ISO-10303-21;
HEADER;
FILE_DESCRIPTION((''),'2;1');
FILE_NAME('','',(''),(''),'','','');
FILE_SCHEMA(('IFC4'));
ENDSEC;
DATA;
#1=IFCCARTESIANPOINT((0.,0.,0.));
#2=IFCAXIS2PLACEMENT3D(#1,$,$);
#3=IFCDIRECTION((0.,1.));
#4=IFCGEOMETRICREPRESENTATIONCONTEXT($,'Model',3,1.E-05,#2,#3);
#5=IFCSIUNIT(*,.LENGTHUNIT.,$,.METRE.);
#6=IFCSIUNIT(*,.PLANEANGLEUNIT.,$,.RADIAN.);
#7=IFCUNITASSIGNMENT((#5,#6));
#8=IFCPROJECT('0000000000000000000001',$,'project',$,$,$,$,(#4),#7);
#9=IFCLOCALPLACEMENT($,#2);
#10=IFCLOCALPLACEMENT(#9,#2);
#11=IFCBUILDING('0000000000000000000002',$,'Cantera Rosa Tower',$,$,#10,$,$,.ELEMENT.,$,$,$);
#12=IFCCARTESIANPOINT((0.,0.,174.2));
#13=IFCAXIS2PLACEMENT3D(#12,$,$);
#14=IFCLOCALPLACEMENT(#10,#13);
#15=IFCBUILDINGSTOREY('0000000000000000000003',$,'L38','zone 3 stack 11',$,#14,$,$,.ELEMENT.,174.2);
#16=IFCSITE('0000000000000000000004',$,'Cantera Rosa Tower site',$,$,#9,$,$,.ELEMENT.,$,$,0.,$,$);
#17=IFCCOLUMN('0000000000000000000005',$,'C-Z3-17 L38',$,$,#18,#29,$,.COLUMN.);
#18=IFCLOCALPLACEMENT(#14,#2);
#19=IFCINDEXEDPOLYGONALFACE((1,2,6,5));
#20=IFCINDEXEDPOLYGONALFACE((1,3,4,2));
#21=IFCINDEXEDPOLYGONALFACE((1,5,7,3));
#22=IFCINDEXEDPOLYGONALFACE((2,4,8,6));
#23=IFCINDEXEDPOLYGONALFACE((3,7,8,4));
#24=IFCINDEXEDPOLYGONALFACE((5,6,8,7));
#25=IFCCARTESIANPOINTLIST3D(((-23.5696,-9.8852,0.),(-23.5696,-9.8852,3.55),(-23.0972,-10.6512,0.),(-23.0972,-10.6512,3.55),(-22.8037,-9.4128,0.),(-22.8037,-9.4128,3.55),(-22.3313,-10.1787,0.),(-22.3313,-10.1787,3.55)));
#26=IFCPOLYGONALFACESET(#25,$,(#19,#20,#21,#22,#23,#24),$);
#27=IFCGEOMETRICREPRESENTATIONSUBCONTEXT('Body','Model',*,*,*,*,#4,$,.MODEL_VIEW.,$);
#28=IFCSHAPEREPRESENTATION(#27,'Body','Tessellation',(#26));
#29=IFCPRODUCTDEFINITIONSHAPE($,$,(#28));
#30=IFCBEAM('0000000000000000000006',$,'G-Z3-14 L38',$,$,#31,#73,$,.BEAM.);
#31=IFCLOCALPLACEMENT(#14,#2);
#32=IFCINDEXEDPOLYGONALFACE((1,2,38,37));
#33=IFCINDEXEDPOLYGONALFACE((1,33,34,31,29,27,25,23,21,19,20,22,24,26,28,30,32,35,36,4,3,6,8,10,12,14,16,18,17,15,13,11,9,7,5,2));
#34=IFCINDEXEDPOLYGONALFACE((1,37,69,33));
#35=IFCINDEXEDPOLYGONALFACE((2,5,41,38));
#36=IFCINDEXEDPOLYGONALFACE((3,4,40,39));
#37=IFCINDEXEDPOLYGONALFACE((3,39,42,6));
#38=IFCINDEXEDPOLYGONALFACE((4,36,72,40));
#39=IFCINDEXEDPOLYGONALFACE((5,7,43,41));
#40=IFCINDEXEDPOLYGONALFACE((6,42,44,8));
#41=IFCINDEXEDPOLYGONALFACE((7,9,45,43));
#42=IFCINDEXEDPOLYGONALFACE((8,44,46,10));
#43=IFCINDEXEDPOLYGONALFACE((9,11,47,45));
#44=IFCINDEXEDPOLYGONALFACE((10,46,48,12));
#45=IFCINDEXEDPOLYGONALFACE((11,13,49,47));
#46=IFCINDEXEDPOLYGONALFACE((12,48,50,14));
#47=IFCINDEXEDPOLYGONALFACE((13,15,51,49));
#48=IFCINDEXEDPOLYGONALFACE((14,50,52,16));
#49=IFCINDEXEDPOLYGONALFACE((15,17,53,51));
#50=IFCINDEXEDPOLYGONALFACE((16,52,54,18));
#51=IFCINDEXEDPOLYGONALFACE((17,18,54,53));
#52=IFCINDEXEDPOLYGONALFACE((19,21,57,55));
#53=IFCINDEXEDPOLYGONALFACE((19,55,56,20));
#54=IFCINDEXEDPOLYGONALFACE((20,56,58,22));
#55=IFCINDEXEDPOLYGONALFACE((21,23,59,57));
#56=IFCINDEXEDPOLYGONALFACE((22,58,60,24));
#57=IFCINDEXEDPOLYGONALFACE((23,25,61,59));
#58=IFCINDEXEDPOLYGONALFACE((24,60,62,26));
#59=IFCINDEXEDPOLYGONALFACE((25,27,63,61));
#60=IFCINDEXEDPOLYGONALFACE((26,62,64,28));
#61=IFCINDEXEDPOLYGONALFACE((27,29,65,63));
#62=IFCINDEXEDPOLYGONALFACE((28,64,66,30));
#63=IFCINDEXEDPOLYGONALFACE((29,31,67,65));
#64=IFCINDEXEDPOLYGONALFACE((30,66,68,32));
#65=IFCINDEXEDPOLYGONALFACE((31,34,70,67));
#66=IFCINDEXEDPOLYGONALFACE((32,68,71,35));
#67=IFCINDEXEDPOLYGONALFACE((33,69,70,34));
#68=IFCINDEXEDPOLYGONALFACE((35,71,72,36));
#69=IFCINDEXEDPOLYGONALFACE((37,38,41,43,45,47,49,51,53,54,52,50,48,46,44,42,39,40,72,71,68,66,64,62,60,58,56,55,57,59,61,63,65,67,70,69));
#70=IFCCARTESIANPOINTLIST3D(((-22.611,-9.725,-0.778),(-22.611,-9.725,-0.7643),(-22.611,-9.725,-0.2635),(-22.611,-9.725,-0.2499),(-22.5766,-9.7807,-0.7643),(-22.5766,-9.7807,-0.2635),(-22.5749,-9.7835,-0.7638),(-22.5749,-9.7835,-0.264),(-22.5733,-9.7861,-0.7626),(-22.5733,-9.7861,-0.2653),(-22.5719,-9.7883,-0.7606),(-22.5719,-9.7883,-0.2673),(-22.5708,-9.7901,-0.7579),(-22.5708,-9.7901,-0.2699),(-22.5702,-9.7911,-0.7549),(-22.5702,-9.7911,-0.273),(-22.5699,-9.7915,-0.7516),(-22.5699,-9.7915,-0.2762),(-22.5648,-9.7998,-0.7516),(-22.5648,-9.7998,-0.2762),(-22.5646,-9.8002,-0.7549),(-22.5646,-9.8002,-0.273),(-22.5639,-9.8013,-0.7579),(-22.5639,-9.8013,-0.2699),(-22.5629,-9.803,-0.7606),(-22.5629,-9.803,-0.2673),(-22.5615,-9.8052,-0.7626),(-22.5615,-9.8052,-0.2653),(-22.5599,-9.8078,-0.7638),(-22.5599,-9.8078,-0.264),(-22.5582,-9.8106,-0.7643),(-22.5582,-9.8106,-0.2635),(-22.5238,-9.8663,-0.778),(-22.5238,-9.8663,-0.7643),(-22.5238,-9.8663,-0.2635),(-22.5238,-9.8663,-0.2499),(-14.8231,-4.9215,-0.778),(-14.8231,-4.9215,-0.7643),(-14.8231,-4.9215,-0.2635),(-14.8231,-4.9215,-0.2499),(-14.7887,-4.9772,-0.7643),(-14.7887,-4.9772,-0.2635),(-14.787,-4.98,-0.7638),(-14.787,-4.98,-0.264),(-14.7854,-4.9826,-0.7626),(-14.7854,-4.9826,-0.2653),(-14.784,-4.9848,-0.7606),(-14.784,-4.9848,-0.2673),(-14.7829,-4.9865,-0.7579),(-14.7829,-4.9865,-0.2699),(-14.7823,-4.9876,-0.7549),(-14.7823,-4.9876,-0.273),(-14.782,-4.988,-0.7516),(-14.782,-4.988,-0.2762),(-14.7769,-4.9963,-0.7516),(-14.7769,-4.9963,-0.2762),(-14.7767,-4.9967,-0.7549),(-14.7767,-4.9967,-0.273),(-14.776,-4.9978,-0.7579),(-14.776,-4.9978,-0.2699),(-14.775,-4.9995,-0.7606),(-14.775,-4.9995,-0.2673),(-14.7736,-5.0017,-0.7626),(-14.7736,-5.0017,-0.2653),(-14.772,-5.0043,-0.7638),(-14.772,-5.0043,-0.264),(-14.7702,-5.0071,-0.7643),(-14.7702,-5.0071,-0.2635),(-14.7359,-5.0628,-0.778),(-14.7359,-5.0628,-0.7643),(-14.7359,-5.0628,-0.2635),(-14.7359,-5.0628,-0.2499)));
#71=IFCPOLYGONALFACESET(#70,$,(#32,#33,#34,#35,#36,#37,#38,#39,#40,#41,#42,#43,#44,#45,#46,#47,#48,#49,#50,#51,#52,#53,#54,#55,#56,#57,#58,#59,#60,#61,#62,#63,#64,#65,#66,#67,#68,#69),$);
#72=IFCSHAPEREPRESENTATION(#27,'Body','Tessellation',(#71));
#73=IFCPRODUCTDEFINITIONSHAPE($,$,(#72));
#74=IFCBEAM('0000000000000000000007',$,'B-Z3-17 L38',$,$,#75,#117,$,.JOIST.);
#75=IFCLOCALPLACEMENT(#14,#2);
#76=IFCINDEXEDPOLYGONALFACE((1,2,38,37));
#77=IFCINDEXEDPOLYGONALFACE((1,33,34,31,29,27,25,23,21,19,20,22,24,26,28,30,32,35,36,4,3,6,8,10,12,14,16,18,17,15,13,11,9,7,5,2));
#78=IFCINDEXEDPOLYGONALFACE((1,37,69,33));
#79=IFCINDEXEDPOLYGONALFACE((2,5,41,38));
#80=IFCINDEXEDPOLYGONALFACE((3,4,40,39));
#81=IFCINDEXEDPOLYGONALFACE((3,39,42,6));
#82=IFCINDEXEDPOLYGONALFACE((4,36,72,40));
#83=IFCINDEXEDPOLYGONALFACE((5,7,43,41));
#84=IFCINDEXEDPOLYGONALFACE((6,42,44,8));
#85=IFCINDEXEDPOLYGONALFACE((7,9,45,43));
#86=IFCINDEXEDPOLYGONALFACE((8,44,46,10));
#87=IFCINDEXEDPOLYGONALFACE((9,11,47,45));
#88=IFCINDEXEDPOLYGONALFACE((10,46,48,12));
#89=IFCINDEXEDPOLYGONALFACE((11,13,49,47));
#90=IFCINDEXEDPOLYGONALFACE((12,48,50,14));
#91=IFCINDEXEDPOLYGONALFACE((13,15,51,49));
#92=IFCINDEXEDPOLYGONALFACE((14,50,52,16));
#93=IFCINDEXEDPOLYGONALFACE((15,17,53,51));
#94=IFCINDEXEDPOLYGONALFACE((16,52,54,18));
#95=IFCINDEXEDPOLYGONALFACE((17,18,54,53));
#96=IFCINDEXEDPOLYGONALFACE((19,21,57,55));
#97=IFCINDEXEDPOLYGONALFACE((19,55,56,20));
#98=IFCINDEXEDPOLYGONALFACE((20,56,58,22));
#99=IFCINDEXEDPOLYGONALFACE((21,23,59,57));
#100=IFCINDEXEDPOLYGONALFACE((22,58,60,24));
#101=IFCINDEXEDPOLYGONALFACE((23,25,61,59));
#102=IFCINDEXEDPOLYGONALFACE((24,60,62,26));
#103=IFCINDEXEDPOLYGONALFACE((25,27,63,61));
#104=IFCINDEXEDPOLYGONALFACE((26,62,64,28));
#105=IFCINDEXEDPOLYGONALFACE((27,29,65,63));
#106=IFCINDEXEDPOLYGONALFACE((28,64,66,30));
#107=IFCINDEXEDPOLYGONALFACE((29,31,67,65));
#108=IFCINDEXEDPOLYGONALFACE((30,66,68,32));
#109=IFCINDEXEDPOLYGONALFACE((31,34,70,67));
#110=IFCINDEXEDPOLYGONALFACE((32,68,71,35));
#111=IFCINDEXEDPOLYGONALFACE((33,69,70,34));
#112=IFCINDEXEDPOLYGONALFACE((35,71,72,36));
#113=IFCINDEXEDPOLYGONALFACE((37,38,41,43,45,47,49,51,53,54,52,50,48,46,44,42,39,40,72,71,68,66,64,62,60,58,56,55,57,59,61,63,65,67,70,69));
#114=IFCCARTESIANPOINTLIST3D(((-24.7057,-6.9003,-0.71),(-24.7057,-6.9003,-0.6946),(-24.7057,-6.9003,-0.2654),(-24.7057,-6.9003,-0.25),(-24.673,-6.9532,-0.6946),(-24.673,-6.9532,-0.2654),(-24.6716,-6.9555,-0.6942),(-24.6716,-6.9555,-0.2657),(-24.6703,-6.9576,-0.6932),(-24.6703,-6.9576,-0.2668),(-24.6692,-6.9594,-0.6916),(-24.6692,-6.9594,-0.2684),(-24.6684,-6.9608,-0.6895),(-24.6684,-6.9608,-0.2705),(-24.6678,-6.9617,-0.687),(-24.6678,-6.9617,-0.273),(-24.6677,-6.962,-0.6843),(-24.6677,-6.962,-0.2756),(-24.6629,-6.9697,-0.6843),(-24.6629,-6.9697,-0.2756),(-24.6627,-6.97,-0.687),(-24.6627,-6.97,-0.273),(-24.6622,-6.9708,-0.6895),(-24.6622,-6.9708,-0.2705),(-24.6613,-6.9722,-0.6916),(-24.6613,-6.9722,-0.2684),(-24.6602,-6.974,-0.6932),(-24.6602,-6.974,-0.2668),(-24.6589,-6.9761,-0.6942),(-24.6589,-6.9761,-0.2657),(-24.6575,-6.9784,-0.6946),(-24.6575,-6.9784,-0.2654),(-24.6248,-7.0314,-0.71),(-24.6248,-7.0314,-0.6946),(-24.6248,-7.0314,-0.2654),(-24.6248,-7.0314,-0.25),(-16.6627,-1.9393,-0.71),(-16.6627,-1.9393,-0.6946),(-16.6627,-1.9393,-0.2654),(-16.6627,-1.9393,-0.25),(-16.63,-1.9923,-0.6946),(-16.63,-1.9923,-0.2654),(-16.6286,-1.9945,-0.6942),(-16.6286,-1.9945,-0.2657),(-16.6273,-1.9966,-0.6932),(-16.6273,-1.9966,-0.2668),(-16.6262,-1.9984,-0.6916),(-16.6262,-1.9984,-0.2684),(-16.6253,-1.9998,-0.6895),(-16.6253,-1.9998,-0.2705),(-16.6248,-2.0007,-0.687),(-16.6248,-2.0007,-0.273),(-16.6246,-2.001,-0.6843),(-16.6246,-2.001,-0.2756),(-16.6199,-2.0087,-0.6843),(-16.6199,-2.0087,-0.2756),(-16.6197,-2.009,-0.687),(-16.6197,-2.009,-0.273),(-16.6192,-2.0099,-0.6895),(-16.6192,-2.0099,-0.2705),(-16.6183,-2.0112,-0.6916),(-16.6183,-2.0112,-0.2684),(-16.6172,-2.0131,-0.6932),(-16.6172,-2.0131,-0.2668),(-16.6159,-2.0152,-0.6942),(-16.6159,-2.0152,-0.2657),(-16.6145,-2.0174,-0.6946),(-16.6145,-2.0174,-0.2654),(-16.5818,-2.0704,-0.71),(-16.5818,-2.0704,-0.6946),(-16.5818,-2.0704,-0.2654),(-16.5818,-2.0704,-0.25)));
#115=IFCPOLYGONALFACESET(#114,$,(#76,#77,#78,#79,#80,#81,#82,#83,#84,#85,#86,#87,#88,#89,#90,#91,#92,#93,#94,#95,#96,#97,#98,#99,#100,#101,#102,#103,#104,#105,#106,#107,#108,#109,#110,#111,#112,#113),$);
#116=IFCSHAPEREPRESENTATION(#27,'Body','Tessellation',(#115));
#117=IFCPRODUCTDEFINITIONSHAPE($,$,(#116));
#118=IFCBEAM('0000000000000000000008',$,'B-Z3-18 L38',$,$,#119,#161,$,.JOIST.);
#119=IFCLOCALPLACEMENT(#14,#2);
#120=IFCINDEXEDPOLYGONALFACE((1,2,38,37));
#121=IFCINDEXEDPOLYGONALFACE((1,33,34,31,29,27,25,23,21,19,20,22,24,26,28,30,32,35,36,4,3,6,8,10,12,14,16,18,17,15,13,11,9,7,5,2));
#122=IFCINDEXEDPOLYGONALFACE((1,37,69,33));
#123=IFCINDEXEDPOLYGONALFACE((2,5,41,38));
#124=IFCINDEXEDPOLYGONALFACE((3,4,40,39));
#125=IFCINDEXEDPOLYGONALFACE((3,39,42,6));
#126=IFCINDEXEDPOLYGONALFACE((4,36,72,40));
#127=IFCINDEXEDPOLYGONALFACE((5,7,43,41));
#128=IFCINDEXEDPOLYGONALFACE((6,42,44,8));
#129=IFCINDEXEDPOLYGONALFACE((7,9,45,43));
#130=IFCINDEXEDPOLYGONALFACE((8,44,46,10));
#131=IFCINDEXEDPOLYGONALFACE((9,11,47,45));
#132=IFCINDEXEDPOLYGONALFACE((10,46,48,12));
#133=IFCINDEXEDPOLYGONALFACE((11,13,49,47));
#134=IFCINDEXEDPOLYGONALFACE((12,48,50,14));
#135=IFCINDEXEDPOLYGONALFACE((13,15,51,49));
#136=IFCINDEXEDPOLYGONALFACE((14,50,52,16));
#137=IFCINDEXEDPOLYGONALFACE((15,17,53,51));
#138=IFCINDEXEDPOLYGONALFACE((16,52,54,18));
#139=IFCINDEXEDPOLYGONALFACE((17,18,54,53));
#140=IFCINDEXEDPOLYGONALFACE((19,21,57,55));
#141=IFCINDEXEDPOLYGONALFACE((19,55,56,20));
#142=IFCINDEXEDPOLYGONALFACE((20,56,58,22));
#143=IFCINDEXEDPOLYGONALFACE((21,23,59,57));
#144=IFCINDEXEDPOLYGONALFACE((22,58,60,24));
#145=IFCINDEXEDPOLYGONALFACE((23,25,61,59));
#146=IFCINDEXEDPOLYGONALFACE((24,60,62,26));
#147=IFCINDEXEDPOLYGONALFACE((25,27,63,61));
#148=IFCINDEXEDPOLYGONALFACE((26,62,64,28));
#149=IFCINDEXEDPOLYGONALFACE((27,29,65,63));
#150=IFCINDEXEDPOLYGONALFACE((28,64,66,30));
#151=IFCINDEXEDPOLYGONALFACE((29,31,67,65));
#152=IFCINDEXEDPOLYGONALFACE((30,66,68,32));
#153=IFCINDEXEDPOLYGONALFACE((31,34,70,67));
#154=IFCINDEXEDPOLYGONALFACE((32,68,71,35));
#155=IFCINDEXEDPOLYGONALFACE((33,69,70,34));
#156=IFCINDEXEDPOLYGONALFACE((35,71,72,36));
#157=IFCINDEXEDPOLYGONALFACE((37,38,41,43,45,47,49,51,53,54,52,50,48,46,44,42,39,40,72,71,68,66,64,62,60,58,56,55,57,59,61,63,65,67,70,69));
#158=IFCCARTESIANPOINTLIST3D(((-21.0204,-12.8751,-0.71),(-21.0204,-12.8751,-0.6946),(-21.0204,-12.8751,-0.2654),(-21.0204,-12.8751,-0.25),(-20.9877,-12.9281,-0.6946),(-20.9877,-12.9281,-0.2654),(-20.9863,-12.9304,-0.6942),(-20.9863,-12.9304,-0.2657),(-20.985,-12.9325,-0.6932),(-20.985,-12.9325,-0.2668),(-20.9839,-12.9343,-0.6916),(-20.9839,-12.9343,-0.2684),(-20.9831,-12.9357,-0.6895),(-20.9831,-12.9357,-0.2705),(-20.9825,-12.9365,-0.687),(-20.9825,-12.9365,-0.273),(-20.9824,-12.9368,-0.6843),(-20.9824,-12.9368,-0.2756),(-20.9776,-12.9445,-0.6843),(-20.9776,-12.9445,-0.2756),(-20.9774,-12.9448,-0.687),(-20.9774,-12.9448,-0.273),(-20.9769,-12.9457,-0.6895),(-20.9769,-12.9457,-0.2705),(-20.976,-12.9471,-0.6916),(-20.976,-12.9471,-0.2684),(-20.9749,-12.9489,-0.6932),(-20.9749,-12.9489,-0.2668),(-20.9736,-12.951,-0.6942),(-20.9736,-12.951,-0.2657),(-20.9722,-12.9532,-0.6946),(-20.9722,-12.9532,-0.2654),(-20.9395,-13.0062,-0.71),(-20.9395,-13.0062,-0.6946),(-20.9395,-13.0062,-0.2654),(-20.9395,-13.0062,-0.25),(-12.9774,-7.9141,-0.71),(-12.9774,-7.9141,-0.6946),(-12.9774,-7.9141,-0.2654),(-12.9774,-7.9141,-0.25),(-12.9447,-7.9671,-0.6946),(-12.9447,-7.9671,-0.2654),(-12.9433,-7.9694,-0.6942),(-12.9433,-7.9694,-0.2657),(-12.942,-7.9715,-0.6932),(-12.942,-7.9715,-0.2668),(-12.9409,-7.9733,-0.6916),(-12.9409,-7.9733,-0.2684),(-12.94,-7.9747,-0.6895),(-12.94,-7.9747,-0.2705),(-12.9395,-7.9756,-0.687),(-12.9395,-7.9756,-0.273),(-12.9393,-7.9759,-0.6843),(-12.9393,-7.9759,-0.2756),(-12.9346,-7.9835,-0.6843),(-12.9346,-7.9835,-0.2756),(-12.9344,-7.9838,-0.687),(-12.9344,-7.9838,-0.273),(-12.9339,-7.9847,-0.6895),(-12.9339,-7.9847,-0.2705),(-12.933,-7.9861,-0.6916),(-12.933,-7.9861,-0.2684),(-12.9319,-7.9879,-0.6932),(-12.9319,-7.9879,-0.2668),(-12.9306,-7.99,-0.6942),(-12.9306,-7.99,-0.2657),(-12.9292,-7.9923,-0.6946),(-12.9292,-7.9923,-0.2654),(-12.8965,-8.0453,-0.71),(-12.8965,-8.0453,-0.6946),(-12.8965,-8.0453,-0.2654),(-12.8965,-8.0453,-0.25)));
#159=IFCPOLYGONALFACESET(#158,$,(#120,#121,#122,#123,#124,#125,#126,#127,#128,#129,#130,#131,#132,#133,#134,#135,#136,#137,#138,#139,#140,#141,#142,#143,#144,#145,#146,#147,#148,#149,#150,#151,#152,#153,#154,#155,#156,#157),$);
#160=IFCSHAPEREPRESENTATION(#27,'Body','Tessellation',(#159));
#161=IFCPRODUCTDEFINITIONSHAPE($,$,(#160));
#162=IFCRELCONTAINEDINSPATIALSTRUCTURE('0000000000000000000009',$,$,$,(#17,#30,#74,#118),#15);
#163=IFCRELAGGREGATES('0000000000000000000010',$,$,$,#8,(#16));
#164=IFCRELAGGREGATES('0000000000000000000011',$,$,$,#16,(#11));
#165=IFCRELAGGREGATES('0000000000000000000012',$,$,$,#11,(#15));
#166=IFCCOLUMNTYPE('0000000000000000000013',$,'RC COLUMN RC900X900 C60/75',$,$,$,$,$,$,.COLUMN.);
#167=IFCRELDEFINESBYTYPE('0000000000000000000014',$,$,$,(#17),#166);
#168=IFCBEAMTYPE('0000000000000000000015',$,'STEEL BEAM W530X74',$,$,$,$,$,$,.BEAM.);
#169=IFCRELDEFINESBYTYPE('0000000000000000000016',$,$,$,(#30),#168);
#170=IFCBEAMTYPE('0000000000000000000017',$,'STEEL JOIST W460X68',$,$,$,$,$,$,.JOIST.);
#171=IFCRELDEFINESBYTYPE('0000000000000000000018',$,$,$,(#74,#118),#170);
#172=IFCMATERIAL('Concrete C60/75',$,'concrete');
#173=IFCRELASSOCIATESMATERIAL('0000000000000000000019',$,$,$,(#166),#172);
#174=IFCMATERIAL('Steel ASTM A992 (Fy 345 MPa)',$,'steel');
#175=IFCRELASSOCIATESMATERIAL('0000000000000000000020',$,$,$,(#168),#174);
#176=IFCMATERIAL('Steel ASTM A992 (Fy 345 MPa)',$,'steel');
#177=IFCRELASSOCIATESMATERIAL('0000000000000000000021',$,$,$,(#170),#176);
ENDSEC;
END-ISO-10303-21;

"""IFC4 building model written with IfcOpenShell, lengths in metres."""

from ifc_helpers import new_model, si_unit, direction, frame, origin, origin_2d, place, context, subcontext, project, spatial, rectangle, i_section, extrude, material, material_profile, profile_set, type_object, element, save


model = new_model("IFC4")

# Units and contexts
model_context = context("Model", 3, precision=1e-05, world=origin(), true_north=direction((0.0, 1.0)))
body_context = subcontext(model_context, "Body", "Model", "MODEL_VIEW")
ifc_project = project(units=[si_unit("LENGTHUNIT", "METRE"), si_unit("PLANEANGLEUNIT", "RADIAN")], contexts=[model_context])

# Site, building, storey
site_placement = place(None, origin())
site = spatial("IfcSite", under=ifc_project, at=site_placement, Name="Cantera Rosa Tower site", CompositionType="ELEMENT", RefElevation=0.0)
building_placement = place(site_placement, origin())
building = spatial("IfcBuilding", under=site, at=building_placement, Name="Cantera Rosa Tower", CompositionType="ELEMENT")
storey_placement = place(building_placement, frame((0.0, 0.0, 174.2)))
storey = spatial("IfcBuildingStorey", under=building, at=storey_placement, Name="L38", Description="zone 3 stack 11", CompositionType="ELEMENT", Elevation=174.2)

# Column
ifc_material_1 = material(Name="Concrete C60/75", Category="concrete")
ifc_material_profile_1 = material_profile(ifc_material_1, rectangle(XDim=0.8999, YDim=0.8999, at=origin_2d()), Name="RC COLUMN RC900X900 C60/75")
ifc_profile_set_1 = profile_set([ifc_material_profile_1], Name="Concrete C60/75")
column_type = type_object("IfcColumnType", Name="RC COLUMN RC900X900 C60/75", PredefinedType="COLUMN", material=ifc_profile_set_1)
column_placement = place(storey_placement, frame((-22.9504, -10.032, 0.0), z_axis=(0.0, 0.0, 1.0), x_axis=(0.851117, 0.524977, 0.0)))
element("IfcColumn", 1, at=column_placement, inside=storey, type_object=column_type, Name="C-Z3-17 L38", PredefinedType="COLUMN", context=body_context, shape_type="SweptSolid", body=[
    extrude(rectangle(XDim=0.8999, YDim=0.8999, at=origin_2d()), origin(), (0.0, 0.0, 1.0), 3.55),
])

# Beams
ifc_material_2 = material(Name="Steel ASTM A992 (Fy 345 MPa)", Category="steel")
ifc_material_profile_2 = material_profile(ifc_material_2, i_section(OverallWidth=0.166, OverallDepth=0.5281, WebThickness=0.0098, FlangeThickness=0.0137, FilletRadius=0.0127, at=origin_2d()), Name="W530X74")
ifc_profile_set_2 = profile_set([ifc_material_profile_2], Name="Steel ASTM A992 (Fy 345 MPa)")
beam_type_1 = type_object("IfcBeamType", Name="STEEL BEAM W530X74", PredefinedType="BEAM", material=ifc_profile_set_2)
beam_placement = place(storey_placement, frame((-22.5674, -9.7957, -0.5139), z_axis=(0.851124, 0.524965, 0.0), x_axis=(-0.524965, 0.851124, 0.0)))
element("IfcBeam", 2, at=beam_placement, inside=storey, type_object=beam_type_1, Name="G-Z3-14 L38", PredefinedType="BEAM", context=body_context, shape_type="SweptSolid", body=[
    extrude(i_section(OverallWidth=0.166, OverallDepth=0.5281, WebThickness=0.0098, FlangeThickness=0.0137, FilletRadius=0.0127, at=origin_2d()), origin(), (0.0, 0.0, 1.0), 9.1501),
])
ifc_material_3 = material(Name="Steel ASTM A992 (Fy 345 MPa)", Category="steel")
ifc_material_profile_3 = material_profile(ifc_material_3, i_section(OverallWidth=0.1541, OverallDepth=0.46, WebThickness=0.009, FlangeThickness=0.0154, FilletRadius=0.0103, at=origin_2d()), Name="W460X68")
ifc_profile_set_3 = profile_set([ifc_material_profile_3], Name="Steel ASTM A992 (Fy 345 MPa)")
beam_type_2 = type_object("IfcBeamType", Name="STEEL JOIST W460X68", PredefinedType="JOIST", material=ifc_profile_set_3)
for number, where, z_axis, x_axis, name in (
    (3, (-24.6653, -6.9658, -0.48), (0.851119, 0.524974, 0.0), (-0.524974, 0.851119, 0.0), "B-Z3-17 L38"),
    (4, (-20.98, -12.9407, -0.48), (0.851119, 0.524974, 0.0), (-0.524974, 0.851119, 0.0), "B-Z3-18 L38"),
):
    element("IfcBeam", number, at=place(storey_placement, frame(where, z_axis=z_axis, x_axis=x_axis)), inside=storey, type_object=beam_type_2, Name=name, PredefinedType="JOIST", context=body_context, shape_type="SweptSolid", body=[
        extrude(i_section(OverallWidth=0.1541, OverallDepth=0.46, WebThickness=0.009, FlangeThickness=0.0154, FilletRadius=0.0103, at=origin_2d()), origin(), (0.0, 0.0, 1.0), 9.45),
    ])

save(model, "model.ifc")
